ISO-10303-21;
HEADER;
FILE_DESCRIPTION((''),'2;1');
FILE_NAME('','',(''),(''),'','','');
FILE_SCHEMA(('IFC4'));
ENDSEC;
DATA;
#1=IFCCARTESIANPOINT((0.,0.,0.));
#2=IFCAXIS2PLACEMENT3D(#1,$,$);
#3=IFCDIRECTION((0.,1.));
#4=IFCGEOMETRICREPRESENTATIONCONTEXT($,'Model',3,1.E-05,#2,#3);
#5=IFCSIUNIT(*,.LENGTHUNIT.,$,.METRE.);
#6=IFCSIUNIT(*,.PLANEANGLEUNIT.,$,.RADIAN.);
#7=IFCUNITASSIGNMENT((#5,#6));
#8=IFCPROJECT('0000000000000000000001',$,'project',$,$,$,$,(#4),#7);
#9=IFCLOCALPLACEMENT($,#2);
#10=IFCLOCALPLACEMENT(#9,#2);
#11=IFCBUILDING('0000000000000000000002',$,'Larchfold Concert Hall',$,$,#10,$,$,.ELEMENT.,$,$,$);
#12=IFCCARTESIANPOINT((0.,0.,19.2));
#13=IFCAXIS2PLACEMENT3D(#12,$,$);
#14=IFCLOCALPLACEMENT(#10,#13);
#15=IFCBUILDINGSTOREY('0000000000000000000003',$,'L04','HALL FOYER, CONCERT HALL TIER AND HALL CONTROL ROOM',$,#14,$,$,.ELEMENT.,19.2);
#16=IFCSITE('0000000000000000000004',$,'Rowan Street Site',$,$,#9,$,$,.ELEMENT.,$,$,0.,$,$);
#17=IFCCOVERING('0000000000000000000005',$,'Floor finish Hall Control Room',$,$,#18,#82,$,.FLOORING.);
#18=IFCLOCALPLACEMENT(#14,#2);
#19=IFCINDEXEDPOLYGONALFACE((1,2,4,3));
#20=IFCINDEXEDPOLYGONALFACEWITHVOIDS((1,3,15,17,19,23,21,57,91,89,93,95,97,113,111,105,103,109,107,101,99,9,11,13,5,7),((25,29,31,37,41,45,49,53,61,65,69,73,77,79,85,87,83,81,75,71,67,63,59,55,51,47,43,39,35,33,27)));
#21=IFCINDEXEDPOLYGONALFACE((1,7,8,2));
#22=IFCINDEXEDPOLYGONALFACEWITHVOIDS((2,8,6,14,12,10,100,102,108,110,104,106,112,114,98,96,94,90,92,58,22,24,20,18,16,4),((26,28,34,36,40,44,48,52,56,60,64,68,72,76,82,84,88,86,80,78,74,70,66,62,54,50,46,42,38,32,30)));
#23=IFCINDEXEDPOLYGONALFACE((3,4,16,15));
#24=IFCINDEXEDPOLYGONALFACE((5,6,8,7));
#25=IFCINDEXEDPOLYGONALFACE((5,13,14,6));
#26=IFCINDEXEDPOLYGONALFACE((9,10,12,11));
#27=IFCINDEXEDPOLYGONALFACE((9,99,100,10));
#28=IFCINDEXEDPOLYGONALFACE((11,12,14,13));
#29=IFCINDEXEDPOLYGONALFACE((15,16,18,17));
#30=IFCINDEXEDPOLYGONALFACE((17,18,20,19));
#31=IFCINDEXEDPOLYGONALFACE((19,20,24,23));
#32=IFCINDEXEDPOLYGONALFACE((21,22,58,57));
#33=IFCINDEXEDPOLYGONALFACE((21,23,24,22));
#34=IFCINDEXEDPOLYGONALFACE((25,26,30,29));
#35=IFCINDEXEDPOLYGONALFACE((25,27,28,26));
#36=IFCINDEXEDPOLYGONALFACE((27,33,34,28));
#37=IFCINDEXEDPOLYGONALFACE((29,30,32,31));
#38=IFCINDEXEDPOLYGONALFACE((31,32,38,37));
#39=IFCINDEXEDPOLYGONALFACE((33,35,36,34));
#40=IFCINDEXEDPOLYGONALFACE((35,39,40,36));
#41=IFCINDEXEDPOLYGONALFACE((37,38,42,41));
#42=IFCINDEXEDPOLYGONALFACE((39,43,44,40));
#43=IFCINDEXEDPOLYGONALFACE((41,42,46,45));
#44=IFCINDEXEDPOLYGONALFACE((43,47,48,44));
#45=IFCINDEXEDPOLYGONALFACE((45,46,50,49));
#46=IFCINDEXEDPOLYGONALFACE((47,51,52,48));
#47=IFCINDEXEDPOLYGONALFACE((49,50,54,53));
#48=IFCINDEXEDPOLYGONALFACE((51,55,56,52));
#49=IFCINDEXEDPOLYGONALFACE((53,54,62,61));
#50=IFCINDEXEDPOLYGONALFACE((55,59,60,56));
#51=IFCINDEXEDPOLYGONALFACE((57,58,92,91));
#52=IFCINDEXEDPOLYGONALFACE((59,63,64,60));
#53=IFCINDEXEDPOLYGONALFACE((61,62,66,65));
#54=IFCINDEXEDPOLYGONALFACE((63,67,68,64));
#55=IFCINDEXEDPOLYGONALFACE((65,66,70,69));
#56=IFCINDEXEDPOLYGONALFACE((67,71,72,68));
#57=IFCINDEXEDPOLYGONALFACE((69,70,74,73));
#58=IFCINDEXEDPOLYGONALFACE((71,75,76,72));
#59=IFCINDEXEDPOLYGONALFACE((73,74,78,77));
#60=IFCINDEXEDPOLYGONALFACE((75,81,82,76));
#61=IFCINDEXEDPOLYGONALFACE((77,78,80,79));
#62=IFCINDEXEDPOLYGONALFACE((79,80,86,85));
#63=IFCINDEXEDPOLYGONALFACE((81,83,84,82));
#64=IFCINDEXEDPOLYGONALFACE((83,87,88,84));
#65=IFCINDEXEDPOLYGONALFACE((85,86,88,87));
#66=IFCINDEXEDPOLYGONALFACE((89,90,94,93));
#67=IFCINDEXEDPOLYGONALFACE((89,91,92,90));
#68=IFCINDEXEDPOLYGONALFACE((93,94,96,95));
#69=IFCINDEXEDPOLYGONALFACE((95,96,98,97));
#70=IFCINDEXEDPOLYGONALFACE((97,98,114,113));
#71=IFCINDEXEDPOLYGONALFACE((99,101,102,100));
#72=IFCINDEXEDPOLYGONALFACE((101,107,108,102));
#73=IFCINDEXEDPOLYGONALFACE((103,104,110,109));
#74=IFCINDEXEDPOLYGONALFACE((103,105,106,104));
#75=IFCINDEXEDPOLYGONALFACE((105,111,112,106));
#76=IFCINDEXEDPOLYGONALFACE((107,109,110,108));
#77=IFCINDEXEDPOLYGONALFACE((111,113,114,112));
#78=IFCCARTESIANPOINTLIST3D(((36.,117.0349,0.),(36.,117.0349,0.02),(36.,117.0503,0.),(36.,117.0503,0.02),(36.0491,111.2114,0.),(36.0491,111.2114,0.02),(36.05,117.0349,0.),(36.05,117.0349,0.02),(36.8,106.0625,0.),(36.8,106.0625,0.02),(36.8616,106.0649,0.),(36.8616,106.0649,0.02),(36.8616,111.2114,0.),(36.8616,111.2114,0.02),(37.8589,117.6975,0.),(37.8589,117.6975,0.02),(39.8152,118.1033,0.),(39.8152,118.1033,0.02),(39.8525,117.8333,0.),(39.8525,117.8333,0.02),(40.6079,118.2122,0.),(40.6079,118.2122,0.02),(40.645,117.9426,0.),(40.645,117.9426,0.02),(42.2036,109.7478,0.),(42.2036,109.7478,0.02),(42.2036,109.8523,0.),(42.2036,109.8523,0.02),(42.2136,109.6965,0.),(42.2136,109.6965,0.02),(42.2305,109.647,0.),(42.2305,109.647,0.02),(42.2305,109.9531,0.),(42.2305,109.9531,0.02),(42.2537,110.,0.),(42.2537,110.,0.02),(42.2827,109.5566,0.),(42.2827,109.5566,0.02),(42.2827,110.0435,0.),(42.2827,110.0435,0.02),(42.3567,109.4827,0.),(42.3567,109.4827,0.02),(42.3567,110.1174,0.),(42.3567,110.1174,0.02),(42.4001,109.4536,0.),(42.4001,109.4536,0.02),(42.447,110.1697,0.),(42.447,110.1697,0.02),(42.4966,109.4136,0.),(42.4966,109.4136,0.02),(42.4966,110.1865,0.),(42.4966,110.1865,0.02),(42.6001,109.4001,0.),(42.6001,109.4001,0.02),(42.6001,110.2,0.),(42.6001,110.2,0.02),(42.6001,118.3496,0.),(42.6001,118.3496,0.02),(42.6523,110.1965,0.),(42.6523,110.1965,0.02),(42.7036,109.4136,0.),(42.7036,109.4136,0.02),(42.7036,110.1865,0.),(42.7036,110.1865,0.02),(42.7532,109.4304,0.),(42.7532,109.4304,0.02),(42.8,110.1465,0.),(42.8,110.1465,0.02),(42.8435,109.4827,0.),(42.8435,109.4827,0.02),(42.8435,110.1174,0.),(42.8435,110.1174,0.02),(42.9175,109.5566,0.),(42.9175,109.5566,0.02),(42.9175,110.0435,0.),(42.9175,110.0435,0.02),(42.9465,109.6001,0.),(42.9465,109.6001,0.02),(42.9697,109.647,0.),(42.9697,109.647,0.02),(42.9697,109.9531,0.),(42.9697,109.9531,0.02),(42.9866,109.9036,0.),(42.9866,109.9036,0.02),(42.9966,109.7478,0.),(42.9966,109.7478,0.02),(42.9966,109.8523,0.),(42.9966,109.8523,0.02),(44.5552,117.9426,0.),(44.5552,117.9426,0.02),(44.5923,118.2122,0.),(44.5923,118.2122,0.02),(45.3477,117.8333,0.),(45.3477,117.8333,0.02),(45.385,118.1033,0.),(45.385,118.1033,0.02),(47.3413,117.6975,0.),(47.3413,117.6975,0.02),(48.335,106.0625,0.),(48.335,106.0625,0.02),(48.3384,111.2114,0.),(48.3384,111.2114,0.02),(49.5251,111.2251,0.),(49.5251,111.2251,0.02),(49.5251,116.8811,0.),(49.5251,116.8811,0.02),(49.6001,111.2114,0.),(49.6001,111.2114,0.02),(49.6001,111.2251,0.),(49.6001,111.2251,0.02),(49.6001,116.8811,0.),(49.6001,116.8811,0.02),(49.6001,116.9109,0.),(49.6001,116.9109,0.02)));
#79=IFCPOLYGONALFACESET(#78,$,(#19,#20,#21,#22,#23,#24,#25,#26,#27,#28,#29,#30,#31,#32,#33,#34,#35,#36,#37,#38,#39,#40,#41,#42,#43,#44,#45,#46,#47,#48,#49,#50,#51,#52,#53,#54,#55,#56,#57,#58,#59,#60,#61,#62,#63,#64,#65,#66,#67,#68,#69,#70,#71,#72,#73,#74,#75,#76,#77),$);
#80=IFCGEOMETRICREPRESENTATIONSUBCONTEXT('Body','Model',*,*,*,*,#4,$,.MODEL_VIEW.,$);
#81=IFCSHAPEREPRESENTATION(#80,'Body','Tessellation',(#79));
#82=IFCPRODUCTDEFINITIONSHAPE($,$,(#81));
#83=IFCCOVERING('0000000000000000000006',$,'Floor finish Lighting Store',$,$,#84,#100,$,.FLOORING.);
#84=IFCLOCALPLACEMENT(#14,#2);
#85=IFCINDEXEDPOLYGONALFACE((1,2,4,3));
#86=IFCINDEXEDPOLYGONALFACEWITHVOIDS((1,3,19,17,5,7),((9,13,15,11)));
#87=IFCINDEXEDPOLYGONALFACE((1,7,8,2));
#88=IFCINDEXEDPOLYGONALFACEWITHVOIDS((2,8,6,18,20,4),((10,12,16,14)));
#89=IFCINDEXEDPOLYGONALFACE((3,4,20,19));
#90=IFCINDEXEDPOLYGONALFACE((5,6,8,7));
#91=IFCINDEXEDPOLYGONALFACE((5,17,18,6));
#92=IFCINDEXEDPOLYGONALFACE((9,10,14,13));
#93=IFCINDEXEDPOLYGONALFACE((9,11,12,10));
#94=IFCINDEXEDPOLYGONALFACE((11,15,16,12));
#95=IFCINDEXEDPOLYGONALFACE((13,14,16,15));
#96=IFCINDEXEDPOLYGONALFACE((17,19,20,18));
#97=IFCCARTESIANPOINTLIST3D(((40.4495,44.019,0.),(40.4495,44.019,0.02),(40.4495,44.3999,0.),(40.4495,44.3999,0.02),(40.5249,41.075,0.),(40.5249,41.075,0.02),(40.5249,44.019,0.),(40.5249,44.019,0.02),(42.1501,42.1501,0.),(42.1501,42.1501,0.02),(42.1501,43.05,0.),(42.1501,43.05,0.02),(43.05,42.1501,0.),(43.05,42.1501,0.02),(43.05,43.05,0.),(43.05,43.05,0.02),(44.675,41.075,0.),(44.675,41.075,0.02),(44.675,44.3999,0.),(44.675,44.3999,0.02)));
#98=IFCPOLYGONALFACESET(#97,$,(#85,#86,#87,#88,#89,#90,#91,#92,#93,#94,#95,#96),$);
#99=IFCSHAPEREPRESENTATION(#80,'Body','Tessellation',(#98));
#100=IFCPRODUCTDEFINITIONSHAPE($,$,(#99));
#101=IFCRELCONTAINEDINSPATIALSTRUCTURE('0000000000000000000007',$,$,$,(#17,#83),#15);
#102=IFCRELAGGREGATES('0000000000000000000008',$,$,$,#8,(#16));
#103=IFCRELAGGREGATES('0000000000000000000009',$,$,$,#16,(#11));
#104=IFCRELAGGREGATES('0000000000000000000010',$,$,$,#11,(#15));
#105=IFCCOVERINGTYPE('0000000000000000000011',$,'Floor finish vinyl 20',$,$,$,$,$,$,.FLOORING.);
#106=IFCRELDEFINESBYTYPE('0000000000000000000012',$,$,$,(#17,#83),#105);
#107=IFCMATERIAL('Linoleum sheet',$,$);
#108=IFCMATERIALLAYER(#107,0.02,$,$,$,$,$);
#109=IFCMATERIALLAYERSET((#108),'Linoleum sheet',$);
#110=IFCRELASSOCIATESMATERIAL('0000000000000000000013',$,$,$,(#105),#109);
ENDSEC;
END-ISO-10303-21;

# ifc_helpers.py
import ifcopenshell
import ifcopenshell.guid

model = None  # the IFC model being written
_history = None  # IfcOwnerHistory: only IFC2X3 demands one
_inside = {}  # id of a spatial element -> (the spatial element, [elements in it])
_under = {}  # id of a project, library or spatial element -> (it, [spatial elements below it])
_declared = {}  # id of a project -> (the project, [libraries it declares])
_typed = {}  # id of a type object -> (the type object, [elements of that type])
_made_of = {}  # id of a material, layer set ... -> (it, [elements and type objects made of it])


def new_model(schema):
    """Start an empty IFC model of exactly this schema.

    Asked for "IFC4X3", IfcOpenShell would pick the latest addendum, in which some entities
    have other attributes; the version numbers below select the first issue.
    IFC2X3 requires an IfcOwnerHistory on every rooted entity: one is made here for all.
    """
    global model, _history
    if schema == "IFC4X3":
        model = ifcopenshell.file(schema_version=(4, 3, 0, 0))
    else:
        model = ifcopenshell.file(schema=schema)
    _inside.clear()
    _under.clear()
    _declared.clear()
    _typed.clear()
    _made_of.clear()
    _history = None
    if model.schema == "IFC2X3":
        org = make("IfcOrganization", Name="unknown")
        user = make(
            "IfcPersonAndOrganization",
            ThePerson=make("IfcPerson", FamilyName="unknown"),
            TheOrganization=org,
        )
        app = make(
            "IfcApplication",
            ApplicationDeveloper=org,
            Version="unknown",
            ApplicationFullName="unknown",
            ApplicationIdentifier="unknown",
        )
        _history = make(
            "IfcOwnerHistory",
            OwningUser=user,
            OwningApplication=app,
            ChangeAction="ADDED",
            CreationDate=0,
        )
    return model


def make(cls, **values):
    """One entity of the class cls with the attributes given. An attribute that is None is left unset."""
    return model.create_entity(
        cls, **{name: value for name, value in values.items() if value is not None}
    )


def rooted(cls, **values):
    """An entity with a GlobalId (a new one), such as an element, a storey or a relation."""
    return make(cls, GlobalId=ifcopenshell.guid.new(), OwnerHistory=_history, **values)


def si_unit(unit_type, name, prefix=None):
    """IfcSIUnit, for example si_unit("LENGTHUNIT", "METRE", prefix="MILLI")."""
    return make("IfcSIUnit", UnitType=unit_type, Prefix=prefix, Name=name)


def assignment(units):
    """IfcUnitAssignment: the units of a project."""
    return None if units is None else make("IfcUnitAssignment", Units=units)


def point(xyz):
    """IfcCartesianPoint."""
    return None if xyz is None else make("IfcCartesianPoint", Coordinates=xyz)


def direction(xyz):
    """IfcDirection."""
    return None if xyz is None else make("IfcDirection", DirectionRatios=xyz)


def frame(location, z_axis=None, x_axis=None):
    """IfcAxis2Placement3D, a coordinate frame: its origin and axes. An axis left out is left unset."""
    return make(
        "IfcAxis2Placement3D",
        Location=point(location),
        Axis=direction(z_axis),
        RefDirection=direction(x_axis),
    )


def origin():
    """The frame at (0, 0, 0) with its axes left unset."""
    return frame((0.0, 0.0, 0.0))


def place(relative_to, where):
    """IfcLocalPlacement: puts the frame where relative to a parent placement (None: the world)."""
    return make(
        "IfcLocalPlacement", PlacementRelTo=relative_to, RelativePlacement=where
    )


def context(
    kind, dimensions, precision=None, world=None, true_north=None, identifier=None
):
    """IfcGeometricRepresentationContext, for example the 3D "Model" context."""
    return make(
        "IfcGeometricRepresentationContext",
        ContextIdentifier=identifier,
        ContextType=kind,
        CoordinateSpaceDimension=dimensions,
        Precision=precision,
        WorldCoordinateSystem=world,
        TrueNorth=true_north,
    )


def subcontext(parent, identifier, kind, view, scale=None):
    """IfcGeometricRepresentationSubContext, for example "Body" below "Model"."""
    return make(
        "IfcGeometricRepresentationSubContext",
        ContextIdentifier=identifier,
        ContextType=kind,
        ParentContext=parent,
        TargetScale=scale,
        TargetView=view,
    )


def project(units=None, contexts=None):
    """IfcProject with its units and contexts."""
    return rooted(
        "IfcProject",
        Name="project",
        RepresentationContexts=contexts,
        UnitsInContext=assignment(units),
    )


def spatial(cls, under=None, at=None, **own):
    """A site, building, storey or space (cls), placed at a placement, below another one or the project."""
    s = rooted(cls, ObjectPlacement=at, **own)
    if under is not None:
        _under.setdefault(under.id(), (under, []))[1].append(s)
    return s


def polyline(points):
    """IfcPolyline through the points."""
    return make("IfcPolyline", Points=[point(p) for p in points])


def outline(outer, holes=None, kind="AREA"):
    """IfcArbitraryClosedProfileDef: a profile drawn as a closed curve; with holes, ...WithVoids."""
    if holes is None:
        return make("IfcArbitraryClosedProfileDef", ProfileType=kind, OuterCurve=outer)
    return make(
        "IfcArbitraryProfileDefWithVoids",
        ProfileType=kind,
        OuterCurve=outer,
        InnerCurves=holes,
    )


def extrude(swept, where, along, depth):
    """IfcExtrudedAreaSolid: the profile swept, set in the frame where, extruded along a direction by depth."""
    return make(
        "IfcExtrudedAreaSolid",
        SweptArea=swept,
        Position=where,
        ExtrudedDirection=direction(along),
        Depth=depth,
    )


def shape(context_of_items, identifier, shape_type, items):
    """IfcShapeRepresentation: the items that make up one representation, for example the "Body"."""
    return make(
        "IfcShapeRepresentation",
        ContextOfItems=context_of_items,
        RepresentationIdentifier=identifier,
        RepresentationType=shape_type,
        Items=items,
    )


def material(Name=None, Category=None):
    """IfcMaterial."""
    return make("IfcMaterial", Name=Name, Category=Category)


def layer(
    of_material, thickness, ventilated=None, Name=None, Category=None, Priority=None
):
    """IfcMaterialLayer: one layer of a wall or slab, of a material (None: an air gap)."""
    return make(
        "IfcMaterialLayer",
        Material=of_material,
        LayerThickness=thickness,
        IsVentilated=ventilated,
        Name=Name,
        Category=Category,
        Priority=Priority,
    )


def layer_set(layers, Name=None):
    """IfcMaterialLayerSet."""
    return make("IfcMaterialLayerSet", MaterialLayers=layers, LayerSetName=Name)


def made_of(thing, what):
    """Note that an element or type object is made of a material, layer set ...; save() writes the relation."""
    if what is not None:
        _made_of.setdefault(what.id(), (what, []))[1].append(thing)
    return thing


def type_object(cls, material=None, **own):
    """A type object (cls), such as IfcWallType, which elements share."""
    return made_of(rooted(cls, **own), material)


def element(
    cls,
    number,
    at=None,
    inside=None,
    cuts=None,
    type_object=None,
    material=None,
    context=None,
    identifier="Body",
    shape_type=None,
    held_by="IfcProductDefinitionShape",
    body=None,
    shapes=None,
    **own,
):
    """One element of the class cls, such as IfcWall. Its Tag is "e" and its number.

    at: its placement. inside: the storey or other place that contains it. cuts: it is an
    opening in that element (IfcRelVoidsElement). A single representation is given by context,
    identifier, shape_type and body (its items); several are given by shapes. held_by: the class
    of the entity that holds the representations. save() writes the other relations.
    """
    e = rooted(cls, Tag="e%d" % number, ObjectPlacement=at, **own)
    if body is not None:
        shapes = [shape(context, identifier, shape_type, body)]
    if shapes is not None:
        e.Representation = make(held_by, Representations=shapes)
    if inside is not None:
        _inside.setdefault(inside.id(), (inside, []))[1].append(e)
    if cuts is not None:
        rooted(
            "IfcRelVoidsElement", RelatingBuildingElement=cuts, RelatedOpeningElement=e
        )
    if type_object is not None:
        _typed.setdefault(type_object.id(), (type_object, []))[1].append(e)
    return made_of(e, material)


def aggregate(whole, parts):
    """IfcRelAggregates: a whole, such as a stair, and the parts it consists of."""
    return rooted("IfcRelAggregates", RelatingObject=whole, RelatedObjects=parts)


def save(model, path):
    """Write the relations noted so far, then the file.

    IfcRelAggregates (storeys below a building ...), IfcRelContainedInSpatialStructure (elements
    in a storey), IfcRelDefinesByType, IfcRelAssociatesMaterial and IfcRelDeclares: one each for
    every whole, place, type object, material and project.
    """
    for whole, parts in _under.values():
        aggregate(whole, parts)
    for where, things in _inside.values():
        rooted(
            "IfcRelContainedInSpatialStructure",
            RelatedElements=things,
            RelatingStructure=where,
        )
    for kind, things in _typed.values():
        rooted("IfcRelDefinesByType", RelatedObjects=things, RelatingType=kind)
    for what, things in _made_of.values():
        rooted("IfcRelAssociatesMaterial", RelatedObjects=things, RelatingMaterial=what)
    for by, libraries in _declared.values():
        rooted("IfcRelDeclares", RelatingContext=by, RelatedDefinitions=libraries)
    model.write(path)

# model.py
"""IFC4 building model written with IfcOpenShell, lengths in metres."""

from ifc_helpers import new_model, si_unit, direction, frame, origin, place, context, subcontext, project, spatial, polyline, outline, extrude, material, layer, layer_set, type_object, element, save


model = new_model("IFC4")

# Units and contexts
model_context = context("Model", 3, precision=1e-05, world=origin(), true_north=direction((0.0, 1.0)))
body_context = subcontext(model_context, "Body", "Model", "MODEL_VIEW")
ifc_project = project(units=[si_unit("LENGTHUNIT", "METRE"), si_unit("PLANEANGLEUNIT", "RADIAN")], contexts=[model_context])

# Site, building, storey
site_placement = place(None, origin())
site = spatial("IfcSite", under=ifc_project, at=site_placement, Name="Rowan Street Site", CompositionType="ELEMENT", RefElevation=0.0)
building_placement = place(site_placement, origin())
building = spatial("IfcBuilding", under=site, at=building_placement, Name="Larchfold Concert Hall", CompositionType="ELEMENT")
storey_placement = place(building_placement, frame((0.0, 0.0, 19.2)))
storey = spatial("IfcBuildingStorey", under=building, at=storey_placement, Name="L04", Description="HALL FOYER, CONCERT HALL TIER AND HALL CONTROL ROOM", CompositionType="ELEMENT", Elevation=19.2)

# Coverings
ifc_material_1 = material(Name="Linoleum sheet")
ifc_layer_1 = layer(ifc_material_1, 0.02)
ifc_layer_set_1 = layer_set([ifc_layer_1], Name="Linoleum sheet")
covering_type_1 = type_object("IfcCoveringType", Name="Floor finish vinyl 20", PredefinedType="FLOORING", material=ifc_layer_set_1)
covering_1_placement = place(storey_placement, origin())
element("IfcCovering", 1, at=covering_1_placement, inside=storey, type_object=covering_type_1, Name="Floor finish Hall Control Room", PredefinedType="FLOORING", context=body_context, shape_type="SweptSolid", body=[
    extrude(outline(polyline([(36.8, 106.0625), (48.335, 106.0625), (48.335, 106.0), (48.3384, 111.2114), (49.6001, 111.2114), (49.6001, 111.2251), (49.5251, 111.2251), (49.5251, 116.8811), (49.6001, 116.8811), (49.6001, 116.9109), (47.3413, 117.6975), (45.385, 118.1033), (45.3477, 117.8333), (44.5552, 117.9426), (44.5923, 118.2122), (42.6001, 118.3496), (40.6079, 118.2122), (40.645, 117.9426), (39.8525, 117.8333), (39.8152, 118.1033), (37.8589, 117.6975), (36.0, 117.0503), (36.0, 117.0349), (36.05, 117.0349), (36.0491, 111.2114), (36.8616, 111.2114), (36.8616, 106.0649), (36.8, 106.0625)]), holes=[polyline([(42.4966, 109.4136), (42.4001, 109.4536), (42.3567, 109.4827), (42.2827, 109.5566), (42.2305, 109.647), (42.2136, 109.6965), (42.2036, 109.7478), (42.2036, 109.8523), (42.2305, 109.9531), (42.2537, 110.0), (42.2827, 110.0435), (42.3567, 110.1174), (42.447, 110.1697), (42.4966, 110.1865), (42.6001, 110.2), (42.6523, 110.1965), (42.7036, 110.1865), (42.8, 110.1465), (42.8435, 110.1174), (42.9175, 110.0435), (42.9697, 109.9531), (42.9866, 109.9036), (42.9966, 109.8523), (42.9966, 109.7478), (42.9697, 109.647), (42.9465, 109.6001), (42.9175, 109.5566), (42.8435, 109.4827), (42.7532, 109.4304), (42.7036, 109.4136), (42.6001, 109.4001), (42.4966, 109.4136)])]), origin(), (0.0, 0.0, 1.0), 0.02),
])
covering_2_placement = place(storey_placement, origin())
element("IfcCovering", 2, at=covering_2_placement, inside=storey, type_object=covering_type_1, Name="Floor finish Lighting Store", PredefinedType="FLOORING", context=body_context, shape_type="SweptSolid", body=[
    extrude(outline(polyline([(40.4495, 44.3999), (40.4495, 44.019), (40.5249, 44.019), (40.5249, 41.075), (44.675, 41.075), (44.675, 44.3999), (40.4495, 44.3999)]), holes=[polyline([(42.1501, 43.05), (43.05, 43.05), (43.05, 42.1501), (42.1501, 42.1501), (42.1501, 43.05)])]), origin(), (0.0, 0.0, 1.0), 0.02),
])

save(model, "model.ifc")
